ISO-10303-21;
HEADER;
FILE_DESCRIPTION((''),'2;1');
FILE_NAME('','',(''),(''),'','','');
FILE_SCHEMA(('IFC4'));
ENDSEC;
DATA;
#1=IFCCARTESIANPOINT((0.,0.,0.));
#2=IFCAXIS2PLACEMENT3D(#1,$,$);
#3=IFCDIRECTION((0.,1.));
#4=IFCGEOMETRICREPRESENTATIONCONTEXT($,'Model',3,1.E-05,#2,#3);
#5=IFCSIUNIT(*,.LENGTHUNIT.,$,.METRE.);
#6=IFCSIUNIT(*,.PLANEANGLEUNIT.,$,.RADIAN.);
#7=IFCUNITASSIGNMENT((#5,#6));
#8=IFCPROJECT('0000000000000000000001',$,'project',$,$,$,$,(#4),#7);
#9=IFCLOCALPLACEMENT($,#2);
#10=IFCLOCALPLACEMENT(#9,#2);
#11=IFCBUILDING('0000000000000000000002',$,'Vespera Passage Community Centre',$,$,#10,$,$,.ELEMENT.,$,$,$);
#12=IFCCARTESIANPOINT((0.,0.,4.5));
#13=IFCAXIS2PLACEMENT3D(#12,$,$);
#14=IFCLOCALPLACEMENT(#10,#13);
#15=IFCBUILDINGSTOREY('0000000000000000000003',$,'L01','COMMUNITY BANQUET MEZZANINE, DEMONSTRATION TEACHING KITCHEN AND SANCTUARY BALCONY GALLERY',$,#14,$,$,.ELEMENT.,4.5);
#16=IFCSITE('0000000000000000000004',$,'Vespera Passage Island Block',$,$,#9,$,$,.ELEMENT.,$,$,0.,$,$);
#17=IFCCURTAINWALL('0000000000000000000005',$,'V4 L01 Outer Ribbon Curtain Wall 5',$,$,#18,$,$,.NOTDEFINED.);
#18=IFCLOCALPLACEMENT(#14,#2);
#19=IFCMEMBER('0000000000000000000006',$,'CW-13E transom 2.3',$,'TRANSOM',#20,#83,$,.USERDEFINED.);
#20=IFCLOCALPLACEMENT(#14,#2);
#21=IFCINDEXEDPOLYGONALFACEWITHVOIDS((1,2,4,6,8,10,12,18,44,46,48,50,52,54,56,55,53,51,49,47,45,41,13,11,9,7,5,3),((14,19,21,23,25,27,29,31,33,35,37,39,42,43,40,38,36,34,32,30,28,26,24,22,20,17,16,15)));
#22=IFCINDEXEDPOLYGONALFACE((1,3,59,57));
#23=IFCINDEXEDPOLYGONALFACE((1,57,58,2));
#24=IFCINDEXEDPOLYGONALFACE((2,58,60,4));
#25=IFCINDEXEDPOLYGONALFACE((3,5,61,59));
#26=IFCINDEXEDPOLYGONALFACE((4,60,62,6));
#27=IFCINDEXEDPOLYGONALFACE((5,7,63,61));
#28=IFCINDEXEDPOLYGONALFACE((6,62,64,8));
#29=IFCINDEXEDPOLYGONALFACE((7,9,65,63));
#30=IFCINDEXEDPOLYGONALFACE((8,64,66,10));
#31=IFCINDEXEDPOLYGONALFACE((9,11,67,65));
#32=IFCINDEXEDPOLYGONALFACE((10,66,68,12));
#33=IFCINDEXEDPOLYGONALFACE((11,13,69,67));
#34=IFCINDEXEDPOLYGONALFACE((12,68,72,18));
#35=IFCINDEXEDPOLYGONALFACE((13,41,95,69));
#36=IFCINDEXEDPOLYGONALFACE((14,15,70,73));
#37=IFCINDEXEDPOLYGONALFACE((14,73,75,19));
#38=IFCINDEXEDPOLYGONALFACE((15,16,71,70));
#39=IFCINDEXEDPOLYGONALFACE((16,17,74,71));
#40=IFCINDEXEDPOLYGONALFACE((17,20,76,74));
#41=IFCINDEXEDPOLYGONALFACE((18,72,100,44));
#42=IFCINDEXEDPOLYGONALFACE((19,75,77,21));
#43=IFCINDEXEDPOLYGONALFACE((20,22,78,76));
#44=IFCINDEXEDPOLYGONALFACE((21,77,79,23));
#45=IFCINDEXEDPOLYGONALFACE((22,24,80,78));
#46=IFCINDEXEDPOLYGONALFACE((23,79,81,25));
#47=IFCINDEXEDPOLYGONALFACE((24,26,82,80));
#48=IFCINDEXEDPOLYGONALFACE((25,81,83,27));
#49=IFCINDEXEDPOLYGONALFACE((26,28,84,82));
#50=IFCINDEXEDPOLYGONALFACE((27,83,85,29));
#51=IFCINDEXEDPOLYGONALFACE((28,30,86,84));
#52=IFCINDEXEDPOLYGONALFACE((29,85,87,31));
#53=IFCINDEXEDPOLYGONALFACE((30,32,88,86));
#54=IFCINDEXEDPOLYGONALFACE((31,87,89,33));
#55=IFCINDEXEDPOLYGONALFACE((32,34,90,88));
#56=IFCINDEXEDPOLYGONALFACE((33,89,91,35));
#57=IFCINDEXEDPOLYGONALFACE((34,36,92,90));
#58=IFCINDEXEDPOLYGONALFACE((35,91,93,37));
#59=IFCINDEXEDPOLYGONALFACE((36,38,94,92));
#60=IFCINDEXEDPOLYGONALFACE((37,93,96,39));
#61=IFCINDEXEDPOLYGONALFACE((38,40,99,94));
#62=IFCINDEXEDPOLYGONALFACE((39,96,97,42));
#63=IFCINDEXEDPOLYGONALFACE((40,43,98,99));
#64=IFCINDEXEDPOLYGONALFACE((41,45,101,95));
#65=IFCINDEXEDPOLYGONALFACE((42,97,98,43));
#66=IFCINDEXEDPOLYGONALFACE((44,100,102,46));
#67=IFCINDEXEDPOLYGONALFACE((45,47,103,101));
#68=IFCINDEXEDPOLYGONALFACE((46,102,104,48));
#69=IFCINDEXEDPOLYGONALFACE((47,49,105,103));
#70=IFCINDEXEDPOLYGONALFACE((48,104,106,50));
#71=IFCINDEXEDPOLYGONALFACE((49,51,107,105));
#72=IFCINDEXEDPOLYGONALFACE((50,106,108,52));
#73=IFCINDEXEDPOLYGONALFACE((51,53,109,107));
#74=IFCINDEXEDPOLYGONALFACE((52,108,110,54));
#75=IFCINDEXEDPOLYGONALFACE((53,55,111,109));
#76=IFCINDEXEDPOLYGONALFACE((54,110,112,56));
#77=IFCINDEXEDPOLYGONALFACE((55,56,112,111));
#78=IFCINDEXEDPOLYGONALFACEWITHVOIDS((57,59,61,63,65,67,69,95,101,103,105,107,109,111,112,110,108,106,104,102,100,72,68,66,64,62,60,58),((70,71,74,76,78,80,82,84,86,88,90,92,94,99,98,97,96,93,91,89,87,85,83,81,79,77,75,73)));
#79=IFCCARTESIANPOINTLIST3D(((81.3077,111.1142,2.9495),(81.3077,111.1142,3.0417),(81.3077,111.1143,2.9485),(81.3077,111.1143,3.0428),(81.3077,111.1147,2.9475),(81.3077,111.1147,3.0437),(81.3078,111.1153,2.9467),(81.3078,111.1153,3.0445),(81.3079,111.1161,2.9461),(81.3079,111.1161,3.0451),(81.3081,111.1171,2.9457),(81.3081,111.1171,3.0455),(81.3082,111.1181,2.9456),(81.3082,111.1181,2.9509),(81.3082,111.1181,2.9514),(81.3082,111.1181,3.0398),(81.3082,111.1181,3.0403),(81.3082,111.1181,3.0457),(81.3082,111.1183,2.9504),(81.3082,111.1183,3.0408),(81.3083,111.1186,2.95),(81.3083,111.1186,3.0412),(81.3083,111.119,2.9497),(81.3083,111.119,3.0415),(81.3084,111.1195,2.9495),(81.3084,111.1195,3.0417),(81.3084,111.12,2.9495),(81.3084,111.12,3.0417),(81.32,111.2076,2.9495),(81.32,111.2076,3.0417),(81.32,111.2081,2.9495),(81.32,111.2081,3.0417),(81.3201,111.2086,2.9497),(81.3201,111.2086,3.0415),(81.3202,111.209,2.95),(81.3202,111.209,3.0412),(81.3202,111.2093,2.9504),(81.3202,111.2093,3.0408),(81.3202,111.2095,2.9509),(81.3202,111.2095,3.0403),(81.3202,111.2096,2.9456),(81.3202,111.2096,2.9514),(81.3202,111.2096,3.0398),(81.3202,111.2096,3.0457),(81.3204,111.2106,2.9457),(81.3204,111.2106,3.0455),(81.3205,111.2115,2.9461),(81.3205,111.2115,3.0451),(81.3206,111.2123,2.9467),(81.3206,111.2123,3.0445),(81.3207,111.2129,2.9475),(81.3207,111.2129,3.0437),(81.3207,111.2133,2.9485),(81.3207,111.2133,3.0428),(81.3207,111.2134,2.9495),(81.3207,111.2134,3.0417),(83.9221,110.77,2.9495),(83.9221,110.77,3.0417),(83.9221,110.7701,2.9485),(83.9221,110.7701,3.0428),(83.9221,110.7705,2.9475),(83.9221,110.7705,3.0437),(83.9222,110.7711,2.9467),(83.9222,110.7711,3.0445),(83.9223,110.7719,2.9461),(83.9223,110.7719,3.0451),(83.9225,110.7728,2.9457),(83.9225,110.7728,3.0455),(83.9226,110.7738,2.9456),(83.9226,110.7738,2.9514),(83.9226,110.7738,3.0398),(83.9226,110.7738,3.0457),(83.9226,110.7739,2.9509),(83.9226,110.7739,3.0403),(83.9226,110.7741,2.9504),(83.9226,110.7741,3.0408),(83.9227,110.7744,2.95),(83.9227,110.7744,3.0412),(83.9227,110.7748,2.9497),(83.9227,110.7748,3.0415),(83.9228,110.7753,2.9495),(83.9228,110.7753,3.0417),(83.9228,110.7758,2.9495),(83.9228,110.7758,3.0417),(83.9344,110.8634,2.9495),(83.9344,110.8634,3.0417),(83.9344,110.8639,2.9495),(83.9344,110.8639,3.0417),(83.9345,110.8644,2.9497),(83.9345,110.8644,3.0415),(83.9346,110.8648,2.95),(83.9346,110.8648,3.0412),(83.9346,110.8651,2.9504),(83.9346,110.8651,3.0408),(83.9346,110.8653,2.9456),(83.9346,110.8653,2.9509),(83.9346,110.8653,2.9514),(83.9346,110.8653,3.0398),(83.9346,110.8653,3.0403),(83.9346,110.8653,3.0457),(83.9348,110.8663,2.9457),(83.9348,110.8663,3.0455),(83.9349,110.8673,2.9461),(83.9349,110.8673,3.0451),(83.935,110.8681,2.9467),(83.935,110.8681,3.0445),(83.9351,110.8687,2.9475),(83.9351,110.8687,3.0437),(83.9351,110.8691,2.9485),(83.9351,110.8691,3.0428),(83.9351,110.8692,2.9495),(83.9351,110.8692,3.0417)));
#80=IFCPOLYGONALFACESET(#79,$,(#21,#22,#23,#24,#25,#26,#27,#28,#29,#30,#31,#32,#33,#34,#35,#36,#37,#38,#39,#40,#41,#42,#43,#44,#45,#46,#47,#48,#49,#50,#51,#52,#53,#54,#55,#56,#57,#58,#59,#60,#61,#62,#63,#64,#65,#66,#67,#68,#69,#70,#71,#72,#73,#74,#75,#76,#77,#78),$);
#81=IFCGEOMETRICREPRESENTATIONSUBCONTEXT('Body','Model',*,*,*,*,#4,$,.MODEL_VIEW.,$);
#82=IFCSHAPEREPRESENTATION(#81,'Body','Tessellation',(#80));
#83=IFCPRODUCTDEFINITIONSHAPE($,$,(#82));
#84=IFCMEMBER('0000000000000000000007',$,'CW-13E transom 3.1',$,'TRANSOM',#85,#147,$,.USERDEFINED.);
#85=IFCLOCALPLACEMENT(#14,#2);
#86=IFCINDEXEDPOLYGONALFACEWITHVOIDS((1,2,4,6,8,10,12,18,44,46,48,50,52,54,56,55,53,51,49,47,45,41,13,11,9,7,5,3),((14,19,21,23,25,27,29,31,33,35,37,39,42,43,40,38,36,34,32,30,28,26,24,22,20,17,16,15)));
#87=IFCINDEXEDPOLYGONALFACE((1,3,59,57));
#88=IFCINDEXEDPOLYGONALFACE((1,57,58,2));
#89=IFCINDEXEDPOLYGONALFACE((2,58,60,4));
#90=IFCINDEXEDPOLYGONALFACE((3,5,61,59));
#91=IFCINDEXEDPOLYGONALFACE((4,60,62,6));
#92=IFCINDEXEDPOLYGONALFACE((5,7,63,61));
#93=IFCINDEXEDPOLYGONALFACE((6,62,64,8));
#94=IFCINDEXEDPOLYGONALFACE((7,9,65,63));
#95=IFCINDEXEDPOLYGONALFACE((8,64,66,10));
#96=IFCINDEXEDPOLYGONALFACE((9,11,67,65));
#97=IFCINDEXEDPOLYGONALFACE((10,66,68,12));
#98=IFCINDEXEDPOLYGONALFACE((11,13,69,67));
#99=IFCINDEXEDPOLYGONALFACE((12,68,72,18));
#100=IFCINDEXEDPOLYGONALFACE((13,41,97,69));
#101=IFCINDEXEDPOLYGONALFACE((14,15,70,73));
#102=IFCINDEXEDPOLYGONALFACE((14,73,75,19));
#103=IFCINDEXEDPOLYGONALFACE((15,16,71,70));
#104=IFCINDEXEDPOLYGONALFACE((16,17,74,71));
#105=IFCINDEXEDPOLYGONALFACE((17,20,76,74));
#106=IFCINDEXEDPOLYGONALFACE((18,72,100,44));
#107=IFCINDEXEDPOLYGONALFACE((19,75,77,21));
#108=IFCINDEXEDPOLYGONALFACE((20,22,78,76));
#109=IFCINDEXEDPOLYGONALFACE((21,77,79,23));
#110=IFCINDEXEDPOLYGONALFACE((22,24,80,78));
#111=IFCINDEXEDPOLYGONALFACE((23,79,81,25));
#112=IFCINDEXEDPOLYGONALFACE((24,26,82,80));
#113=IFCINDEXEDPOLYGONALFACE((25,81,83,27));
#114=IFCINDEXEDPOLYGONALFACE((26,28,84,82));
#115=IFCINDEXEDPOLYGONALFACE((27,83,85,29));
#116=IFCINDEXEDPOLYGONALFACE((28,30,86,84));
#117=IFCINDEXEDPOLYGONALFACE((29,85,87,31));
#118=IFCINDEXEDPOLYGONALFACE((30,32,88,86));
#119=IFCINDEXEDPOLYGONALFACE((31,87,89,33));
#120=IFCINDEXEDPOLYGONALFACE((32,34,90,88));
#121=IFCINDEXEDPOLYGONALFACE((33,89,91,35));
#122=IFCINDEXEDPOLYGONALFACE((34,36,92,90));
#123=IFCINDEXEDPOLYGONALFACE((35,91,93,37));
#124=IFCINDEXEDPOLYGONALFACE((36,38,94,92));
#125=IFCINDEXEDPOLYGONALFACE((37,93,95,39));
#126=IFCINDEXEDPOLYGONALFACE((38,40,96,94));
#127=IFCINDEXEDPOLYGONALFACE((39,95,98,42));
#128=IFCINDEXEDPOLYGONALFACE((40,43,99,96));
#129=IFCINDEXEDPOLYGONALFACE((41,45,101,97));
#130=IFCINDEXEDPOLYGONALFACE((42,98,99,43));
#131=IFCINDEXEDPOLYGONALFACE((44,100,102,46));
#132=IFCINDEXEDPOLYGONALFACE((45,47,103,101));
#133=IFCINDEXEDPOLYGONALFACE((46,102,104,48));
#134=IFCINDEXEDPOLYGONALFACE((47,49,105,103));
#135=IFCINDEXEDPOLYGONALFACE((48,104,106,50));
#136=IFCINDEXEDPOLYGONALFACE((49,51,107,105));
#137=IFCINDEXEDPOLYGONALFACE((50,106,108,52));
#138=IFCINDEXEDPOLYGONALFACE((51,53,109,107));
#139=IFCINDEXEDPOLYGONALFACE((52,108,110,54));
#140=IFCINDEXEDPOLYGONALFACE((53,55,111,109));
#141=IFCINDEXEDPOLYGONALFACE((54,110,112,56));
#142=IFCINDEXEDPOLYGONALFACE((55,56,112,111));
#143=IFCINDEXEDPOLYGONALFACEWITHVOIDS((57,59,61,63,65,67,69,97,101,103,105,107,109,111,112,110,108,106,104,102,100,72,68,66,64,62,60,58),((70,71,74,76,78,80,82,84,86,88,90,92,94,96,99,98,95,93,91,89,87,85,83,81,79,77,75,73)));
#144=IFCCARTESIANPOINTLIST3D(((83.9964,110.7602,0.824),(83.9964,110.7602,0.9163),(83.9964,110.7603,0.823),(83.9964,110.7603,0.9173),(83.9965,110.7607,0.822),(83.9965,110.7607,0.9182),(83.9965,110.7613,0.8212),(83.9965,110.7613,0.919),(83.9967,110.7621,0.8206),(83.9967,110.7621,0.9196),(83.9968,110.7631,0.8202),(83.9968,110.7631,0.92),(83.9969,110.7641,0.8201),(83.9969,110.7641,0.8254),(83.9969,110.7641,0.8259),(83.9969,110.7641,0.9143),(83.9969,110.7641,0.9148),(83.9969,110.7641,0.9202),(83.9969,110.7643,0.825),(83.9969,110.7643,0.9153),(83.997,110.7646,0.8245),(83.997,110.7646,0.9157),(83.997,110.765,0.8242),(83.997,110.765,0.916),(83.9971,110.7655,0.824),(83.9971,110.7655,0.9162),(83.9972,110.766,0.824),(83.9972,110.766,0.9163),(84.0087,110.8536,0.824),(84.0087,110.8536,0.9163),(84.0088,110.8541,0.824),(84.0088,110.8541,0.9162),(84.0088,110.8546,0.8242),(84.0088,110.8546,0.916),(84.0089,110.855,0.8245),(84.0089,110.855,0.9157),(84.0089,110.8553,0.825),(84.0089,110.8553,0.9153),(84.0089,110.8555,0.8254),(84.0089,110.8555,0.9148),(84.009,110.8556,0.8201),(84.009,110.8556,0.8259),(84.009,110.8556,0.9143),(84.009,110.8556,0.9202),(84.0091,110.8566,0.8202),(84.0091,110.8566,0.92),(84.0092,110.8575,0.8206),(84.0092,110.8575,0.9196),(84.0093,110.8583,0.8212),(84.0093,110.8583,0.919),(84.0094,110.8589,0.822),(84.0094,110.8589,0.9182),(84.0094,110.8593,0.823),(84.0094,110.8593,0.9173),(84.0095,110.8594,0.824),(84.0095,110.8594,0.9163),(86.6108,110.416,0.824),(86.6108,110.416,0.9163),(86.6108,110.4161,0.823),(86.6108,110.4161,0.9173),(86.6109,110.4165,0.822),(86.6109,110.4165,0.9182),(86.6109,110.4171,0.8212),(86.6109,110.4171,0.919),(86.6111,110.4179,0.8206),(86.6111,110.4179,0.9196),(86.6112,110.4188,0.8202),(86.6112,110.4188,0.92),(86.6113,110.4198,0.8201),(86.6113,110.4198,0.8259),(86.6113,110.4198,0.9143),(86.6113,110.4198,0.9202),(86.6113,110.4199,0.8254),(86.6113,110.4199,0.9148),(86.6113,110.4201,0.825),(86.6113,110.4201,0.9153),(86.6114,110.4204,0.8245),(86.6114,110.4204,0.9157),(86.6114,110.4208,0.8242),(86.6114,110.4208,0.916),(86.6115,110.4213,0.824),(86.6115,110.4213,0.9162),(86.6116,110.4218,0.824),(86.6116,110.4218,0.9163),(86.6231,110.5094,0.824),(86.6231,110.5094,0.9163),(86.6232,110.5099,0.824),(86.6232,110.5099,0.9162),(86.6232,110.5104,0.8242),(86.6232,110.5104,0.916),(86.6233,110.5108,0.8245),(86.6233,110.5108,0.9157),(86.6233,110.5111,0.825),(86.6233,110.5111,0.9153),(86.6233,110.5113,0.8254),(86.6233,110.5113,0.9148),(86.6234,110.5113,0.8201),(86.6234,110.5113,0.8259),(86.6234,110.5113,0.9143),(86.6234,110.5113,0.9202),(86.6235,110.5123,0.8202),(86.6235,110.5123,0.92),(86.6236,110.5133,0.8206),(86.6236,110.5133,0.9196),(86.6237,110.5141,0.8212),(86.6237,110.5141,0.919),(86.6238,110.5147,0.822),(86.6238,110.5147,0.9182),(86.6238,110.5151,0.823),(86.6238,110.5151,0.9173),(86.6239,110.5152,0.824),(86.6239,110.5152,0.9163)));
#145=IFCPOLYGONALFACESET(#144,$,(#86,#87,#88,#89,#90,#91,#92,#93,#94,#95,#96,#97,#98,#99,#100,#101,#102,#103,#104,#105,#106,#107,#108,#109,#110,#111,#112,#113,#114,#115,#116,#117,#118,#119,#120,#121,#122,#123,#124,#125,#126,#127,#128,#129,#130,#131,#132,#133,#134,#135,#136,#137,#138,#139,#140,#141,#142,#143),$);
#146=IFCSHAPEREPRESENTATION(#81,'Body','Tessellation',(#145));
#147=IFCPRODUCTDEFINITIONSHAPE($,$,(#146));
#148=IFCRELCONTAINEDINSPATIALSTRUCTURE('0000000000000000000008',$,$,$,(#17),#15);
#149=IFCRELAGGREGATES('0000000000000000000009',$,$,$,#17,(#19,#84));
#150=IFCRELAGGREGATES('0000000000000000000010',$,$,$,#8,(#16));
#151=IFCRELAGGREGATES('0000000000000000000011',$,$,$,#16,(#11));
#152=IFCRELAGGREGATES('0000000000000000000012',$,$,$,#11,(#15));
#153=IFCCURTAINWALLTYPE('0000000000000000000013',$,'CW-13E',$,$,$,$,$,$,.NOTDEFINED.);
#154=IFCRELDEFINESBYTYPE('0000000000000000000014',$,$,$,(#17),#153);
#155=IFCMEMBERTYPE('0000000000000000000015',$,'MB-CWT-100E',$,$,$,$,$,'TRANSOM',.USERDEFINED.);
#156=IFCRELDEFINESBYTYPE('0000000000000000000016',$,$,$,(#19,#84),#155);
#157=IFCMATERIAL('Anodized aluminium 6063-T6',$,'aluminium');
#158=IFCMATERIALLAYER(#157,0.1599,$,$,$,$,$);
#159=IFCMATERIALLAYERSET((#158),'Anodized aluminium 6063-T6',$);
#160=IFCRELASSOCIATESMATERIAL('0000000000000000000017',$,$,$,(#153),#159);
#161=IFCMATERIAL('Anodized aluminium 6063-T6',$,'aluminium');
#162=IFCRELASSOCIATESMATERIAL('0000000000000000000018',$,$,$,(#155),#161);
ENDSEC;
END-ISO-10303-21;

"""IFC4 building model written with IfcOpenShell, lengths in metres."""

from ifc_helpers import new_model, si_unit, direction, frame, origin, origin_2d, place, context, subcontext, project, spatial, hollow_rectangle, extrude, material, layer, layer_set, material_profile, profile_set, type_object, element, aggregate, save


model = new_model("IFC4")

# Units and contexts
model_context = context("Model", 3, precision=1e-05, world=origin(), true_north=direction((0.0, 1.0)))
body_context = subcontext(model_context, "Body", "Model", "MODEL_VIEW")
ifc_project = project(units=[si_unit("LENGTHUNIT", "METRE"), si_unit("PLANEANGLEUNIT", "RADIAN")], contexts=[model_context])

# Site, building, storey
site_placement = place(None, origin())
site = spatial("IfcSite", under=ifc_project, at=site_placement, Name="Vespera Passage Island Block", CompositionType="ELEMENT", RefElevation=0.0)
building_placement = place(site_placement, origin())
building = spatial("IfcBuilding", under=site, at=building_placement, Name="Vespera Passage Community Centre", CompositionType="ELEMENT")
storey_placement = place(building_placement, frame((0.0, 0.0, 4.5)))
storey = spatial("IfcBuildingStorey", under=building, at=storey_placement, Name="L01", Description="COMMUNITY BANQUET MEZZANINE, DEMONSTRATION TEACHING KITCHEN AND SANCTUARY BALCONY GALLERY", CompositionType="ELEMENT", Elevation=4.5)

# Curtain wall, members
ifc_material_1 = material(Name="Anodized aluminium 6063-T6", Category="aluminium")
ifc_layer_1 = layer(ifc_material_1, 0.1599)
ifc_layer_set_1 = layer_set([ifc_layer_1], Name="Anodized aluminium 6063-T6")
curtain_wall_type_1 = type_object("IfcCurtainWallType", Name="CW-13E", PredefinedType="NOTDEFINED", material=ifc_layer_set_1)
curtain_wall_1_placement = place(storey_placement, origin())
curtain_wall_1 = element("IfcCurtainWall", 1, at=curtain_wall_1_placement, inside=storey, type_object=curtain_wall_type_1, Name="V4 L01 Outer Ribbon Curtain Wall 5", PredefinedType="NOTDEFINED")
ifc_material_2 = material(Name="Anodized aluminium 6063-T6", Category="aluminium")
ifc_material_profile_1 = material_profile(ifc_material_2, hollow_rectangle(XDim=0.1001, YDim=0.1001, WallThickness=0.0039, InnerFilletRadius=0.002, OuterFilletRadius=0.0039, at=origin_2d()), Name="ALU100X100X4")
ifc_profile_set_1 = profile_set([ifc_material_profile_1], Name="Anodized aluminium 6063-T6")
member_type_1 = type_object("IfcMemberType", Name="MB-CWT-100E", ElementType="TRANSOM", PredefinedType="USERDEFINED", material=ifc_profile_set_1)
member_1_placement = place(storey_placement, frame((81.3142, 111.1638, 2.9956), z_axis=(0.991443, -0.130538, 0.0), x_axis=(0.130538, 0.991443, 0.0)))
member_1 = element("IfcMember", 2, at=member_1_placement, type_object=member_type_1, Name="CW-13E transom 2.3", ObjectType="TRANSOM", PredefinedType="USERDEFINED", context=body_context, shape_type="SweptSolid", body=[
    extrude(hollow_rectangle(XDim=0.1001, YDim=0.1001, WallThickness=0.0039, InnerFilletRadius=0.002, OuterFilletRadius=0.0039, at=origin_2d()), origin(), (0.0, 0.0, 1.0), 2.637),
])
member_2_placement = place(storey_placement, frame((84.0029, 110.8098, 0.8701), z_axis=(0.991443, -0.130538, 0.0), x_axis=(0.130538, 0.991443, 0.0)))
member_2 = element("IfcMember", 3, at=member_2_placement, type_object=member_type_1, Name="CW-13E transom 3.1", ObjectType="TRANSOM", PredefinedType="USERDEFINED", context=body_context, shape_type="SweptSolid", body=[
    extrude(hollow_rectangle(XDim=0.1001, YDim=0.1001, WallThickness=0.0039, InnerFilletRadius=0.002, OuterFilletRadius=0.0039, at=origin_2d()), origin(), (0.0, 0.0, 1.0), 2.637),
])

aggregate(curtain_wall_1, [member_1, member_2])

save(model, "model.ifc")
